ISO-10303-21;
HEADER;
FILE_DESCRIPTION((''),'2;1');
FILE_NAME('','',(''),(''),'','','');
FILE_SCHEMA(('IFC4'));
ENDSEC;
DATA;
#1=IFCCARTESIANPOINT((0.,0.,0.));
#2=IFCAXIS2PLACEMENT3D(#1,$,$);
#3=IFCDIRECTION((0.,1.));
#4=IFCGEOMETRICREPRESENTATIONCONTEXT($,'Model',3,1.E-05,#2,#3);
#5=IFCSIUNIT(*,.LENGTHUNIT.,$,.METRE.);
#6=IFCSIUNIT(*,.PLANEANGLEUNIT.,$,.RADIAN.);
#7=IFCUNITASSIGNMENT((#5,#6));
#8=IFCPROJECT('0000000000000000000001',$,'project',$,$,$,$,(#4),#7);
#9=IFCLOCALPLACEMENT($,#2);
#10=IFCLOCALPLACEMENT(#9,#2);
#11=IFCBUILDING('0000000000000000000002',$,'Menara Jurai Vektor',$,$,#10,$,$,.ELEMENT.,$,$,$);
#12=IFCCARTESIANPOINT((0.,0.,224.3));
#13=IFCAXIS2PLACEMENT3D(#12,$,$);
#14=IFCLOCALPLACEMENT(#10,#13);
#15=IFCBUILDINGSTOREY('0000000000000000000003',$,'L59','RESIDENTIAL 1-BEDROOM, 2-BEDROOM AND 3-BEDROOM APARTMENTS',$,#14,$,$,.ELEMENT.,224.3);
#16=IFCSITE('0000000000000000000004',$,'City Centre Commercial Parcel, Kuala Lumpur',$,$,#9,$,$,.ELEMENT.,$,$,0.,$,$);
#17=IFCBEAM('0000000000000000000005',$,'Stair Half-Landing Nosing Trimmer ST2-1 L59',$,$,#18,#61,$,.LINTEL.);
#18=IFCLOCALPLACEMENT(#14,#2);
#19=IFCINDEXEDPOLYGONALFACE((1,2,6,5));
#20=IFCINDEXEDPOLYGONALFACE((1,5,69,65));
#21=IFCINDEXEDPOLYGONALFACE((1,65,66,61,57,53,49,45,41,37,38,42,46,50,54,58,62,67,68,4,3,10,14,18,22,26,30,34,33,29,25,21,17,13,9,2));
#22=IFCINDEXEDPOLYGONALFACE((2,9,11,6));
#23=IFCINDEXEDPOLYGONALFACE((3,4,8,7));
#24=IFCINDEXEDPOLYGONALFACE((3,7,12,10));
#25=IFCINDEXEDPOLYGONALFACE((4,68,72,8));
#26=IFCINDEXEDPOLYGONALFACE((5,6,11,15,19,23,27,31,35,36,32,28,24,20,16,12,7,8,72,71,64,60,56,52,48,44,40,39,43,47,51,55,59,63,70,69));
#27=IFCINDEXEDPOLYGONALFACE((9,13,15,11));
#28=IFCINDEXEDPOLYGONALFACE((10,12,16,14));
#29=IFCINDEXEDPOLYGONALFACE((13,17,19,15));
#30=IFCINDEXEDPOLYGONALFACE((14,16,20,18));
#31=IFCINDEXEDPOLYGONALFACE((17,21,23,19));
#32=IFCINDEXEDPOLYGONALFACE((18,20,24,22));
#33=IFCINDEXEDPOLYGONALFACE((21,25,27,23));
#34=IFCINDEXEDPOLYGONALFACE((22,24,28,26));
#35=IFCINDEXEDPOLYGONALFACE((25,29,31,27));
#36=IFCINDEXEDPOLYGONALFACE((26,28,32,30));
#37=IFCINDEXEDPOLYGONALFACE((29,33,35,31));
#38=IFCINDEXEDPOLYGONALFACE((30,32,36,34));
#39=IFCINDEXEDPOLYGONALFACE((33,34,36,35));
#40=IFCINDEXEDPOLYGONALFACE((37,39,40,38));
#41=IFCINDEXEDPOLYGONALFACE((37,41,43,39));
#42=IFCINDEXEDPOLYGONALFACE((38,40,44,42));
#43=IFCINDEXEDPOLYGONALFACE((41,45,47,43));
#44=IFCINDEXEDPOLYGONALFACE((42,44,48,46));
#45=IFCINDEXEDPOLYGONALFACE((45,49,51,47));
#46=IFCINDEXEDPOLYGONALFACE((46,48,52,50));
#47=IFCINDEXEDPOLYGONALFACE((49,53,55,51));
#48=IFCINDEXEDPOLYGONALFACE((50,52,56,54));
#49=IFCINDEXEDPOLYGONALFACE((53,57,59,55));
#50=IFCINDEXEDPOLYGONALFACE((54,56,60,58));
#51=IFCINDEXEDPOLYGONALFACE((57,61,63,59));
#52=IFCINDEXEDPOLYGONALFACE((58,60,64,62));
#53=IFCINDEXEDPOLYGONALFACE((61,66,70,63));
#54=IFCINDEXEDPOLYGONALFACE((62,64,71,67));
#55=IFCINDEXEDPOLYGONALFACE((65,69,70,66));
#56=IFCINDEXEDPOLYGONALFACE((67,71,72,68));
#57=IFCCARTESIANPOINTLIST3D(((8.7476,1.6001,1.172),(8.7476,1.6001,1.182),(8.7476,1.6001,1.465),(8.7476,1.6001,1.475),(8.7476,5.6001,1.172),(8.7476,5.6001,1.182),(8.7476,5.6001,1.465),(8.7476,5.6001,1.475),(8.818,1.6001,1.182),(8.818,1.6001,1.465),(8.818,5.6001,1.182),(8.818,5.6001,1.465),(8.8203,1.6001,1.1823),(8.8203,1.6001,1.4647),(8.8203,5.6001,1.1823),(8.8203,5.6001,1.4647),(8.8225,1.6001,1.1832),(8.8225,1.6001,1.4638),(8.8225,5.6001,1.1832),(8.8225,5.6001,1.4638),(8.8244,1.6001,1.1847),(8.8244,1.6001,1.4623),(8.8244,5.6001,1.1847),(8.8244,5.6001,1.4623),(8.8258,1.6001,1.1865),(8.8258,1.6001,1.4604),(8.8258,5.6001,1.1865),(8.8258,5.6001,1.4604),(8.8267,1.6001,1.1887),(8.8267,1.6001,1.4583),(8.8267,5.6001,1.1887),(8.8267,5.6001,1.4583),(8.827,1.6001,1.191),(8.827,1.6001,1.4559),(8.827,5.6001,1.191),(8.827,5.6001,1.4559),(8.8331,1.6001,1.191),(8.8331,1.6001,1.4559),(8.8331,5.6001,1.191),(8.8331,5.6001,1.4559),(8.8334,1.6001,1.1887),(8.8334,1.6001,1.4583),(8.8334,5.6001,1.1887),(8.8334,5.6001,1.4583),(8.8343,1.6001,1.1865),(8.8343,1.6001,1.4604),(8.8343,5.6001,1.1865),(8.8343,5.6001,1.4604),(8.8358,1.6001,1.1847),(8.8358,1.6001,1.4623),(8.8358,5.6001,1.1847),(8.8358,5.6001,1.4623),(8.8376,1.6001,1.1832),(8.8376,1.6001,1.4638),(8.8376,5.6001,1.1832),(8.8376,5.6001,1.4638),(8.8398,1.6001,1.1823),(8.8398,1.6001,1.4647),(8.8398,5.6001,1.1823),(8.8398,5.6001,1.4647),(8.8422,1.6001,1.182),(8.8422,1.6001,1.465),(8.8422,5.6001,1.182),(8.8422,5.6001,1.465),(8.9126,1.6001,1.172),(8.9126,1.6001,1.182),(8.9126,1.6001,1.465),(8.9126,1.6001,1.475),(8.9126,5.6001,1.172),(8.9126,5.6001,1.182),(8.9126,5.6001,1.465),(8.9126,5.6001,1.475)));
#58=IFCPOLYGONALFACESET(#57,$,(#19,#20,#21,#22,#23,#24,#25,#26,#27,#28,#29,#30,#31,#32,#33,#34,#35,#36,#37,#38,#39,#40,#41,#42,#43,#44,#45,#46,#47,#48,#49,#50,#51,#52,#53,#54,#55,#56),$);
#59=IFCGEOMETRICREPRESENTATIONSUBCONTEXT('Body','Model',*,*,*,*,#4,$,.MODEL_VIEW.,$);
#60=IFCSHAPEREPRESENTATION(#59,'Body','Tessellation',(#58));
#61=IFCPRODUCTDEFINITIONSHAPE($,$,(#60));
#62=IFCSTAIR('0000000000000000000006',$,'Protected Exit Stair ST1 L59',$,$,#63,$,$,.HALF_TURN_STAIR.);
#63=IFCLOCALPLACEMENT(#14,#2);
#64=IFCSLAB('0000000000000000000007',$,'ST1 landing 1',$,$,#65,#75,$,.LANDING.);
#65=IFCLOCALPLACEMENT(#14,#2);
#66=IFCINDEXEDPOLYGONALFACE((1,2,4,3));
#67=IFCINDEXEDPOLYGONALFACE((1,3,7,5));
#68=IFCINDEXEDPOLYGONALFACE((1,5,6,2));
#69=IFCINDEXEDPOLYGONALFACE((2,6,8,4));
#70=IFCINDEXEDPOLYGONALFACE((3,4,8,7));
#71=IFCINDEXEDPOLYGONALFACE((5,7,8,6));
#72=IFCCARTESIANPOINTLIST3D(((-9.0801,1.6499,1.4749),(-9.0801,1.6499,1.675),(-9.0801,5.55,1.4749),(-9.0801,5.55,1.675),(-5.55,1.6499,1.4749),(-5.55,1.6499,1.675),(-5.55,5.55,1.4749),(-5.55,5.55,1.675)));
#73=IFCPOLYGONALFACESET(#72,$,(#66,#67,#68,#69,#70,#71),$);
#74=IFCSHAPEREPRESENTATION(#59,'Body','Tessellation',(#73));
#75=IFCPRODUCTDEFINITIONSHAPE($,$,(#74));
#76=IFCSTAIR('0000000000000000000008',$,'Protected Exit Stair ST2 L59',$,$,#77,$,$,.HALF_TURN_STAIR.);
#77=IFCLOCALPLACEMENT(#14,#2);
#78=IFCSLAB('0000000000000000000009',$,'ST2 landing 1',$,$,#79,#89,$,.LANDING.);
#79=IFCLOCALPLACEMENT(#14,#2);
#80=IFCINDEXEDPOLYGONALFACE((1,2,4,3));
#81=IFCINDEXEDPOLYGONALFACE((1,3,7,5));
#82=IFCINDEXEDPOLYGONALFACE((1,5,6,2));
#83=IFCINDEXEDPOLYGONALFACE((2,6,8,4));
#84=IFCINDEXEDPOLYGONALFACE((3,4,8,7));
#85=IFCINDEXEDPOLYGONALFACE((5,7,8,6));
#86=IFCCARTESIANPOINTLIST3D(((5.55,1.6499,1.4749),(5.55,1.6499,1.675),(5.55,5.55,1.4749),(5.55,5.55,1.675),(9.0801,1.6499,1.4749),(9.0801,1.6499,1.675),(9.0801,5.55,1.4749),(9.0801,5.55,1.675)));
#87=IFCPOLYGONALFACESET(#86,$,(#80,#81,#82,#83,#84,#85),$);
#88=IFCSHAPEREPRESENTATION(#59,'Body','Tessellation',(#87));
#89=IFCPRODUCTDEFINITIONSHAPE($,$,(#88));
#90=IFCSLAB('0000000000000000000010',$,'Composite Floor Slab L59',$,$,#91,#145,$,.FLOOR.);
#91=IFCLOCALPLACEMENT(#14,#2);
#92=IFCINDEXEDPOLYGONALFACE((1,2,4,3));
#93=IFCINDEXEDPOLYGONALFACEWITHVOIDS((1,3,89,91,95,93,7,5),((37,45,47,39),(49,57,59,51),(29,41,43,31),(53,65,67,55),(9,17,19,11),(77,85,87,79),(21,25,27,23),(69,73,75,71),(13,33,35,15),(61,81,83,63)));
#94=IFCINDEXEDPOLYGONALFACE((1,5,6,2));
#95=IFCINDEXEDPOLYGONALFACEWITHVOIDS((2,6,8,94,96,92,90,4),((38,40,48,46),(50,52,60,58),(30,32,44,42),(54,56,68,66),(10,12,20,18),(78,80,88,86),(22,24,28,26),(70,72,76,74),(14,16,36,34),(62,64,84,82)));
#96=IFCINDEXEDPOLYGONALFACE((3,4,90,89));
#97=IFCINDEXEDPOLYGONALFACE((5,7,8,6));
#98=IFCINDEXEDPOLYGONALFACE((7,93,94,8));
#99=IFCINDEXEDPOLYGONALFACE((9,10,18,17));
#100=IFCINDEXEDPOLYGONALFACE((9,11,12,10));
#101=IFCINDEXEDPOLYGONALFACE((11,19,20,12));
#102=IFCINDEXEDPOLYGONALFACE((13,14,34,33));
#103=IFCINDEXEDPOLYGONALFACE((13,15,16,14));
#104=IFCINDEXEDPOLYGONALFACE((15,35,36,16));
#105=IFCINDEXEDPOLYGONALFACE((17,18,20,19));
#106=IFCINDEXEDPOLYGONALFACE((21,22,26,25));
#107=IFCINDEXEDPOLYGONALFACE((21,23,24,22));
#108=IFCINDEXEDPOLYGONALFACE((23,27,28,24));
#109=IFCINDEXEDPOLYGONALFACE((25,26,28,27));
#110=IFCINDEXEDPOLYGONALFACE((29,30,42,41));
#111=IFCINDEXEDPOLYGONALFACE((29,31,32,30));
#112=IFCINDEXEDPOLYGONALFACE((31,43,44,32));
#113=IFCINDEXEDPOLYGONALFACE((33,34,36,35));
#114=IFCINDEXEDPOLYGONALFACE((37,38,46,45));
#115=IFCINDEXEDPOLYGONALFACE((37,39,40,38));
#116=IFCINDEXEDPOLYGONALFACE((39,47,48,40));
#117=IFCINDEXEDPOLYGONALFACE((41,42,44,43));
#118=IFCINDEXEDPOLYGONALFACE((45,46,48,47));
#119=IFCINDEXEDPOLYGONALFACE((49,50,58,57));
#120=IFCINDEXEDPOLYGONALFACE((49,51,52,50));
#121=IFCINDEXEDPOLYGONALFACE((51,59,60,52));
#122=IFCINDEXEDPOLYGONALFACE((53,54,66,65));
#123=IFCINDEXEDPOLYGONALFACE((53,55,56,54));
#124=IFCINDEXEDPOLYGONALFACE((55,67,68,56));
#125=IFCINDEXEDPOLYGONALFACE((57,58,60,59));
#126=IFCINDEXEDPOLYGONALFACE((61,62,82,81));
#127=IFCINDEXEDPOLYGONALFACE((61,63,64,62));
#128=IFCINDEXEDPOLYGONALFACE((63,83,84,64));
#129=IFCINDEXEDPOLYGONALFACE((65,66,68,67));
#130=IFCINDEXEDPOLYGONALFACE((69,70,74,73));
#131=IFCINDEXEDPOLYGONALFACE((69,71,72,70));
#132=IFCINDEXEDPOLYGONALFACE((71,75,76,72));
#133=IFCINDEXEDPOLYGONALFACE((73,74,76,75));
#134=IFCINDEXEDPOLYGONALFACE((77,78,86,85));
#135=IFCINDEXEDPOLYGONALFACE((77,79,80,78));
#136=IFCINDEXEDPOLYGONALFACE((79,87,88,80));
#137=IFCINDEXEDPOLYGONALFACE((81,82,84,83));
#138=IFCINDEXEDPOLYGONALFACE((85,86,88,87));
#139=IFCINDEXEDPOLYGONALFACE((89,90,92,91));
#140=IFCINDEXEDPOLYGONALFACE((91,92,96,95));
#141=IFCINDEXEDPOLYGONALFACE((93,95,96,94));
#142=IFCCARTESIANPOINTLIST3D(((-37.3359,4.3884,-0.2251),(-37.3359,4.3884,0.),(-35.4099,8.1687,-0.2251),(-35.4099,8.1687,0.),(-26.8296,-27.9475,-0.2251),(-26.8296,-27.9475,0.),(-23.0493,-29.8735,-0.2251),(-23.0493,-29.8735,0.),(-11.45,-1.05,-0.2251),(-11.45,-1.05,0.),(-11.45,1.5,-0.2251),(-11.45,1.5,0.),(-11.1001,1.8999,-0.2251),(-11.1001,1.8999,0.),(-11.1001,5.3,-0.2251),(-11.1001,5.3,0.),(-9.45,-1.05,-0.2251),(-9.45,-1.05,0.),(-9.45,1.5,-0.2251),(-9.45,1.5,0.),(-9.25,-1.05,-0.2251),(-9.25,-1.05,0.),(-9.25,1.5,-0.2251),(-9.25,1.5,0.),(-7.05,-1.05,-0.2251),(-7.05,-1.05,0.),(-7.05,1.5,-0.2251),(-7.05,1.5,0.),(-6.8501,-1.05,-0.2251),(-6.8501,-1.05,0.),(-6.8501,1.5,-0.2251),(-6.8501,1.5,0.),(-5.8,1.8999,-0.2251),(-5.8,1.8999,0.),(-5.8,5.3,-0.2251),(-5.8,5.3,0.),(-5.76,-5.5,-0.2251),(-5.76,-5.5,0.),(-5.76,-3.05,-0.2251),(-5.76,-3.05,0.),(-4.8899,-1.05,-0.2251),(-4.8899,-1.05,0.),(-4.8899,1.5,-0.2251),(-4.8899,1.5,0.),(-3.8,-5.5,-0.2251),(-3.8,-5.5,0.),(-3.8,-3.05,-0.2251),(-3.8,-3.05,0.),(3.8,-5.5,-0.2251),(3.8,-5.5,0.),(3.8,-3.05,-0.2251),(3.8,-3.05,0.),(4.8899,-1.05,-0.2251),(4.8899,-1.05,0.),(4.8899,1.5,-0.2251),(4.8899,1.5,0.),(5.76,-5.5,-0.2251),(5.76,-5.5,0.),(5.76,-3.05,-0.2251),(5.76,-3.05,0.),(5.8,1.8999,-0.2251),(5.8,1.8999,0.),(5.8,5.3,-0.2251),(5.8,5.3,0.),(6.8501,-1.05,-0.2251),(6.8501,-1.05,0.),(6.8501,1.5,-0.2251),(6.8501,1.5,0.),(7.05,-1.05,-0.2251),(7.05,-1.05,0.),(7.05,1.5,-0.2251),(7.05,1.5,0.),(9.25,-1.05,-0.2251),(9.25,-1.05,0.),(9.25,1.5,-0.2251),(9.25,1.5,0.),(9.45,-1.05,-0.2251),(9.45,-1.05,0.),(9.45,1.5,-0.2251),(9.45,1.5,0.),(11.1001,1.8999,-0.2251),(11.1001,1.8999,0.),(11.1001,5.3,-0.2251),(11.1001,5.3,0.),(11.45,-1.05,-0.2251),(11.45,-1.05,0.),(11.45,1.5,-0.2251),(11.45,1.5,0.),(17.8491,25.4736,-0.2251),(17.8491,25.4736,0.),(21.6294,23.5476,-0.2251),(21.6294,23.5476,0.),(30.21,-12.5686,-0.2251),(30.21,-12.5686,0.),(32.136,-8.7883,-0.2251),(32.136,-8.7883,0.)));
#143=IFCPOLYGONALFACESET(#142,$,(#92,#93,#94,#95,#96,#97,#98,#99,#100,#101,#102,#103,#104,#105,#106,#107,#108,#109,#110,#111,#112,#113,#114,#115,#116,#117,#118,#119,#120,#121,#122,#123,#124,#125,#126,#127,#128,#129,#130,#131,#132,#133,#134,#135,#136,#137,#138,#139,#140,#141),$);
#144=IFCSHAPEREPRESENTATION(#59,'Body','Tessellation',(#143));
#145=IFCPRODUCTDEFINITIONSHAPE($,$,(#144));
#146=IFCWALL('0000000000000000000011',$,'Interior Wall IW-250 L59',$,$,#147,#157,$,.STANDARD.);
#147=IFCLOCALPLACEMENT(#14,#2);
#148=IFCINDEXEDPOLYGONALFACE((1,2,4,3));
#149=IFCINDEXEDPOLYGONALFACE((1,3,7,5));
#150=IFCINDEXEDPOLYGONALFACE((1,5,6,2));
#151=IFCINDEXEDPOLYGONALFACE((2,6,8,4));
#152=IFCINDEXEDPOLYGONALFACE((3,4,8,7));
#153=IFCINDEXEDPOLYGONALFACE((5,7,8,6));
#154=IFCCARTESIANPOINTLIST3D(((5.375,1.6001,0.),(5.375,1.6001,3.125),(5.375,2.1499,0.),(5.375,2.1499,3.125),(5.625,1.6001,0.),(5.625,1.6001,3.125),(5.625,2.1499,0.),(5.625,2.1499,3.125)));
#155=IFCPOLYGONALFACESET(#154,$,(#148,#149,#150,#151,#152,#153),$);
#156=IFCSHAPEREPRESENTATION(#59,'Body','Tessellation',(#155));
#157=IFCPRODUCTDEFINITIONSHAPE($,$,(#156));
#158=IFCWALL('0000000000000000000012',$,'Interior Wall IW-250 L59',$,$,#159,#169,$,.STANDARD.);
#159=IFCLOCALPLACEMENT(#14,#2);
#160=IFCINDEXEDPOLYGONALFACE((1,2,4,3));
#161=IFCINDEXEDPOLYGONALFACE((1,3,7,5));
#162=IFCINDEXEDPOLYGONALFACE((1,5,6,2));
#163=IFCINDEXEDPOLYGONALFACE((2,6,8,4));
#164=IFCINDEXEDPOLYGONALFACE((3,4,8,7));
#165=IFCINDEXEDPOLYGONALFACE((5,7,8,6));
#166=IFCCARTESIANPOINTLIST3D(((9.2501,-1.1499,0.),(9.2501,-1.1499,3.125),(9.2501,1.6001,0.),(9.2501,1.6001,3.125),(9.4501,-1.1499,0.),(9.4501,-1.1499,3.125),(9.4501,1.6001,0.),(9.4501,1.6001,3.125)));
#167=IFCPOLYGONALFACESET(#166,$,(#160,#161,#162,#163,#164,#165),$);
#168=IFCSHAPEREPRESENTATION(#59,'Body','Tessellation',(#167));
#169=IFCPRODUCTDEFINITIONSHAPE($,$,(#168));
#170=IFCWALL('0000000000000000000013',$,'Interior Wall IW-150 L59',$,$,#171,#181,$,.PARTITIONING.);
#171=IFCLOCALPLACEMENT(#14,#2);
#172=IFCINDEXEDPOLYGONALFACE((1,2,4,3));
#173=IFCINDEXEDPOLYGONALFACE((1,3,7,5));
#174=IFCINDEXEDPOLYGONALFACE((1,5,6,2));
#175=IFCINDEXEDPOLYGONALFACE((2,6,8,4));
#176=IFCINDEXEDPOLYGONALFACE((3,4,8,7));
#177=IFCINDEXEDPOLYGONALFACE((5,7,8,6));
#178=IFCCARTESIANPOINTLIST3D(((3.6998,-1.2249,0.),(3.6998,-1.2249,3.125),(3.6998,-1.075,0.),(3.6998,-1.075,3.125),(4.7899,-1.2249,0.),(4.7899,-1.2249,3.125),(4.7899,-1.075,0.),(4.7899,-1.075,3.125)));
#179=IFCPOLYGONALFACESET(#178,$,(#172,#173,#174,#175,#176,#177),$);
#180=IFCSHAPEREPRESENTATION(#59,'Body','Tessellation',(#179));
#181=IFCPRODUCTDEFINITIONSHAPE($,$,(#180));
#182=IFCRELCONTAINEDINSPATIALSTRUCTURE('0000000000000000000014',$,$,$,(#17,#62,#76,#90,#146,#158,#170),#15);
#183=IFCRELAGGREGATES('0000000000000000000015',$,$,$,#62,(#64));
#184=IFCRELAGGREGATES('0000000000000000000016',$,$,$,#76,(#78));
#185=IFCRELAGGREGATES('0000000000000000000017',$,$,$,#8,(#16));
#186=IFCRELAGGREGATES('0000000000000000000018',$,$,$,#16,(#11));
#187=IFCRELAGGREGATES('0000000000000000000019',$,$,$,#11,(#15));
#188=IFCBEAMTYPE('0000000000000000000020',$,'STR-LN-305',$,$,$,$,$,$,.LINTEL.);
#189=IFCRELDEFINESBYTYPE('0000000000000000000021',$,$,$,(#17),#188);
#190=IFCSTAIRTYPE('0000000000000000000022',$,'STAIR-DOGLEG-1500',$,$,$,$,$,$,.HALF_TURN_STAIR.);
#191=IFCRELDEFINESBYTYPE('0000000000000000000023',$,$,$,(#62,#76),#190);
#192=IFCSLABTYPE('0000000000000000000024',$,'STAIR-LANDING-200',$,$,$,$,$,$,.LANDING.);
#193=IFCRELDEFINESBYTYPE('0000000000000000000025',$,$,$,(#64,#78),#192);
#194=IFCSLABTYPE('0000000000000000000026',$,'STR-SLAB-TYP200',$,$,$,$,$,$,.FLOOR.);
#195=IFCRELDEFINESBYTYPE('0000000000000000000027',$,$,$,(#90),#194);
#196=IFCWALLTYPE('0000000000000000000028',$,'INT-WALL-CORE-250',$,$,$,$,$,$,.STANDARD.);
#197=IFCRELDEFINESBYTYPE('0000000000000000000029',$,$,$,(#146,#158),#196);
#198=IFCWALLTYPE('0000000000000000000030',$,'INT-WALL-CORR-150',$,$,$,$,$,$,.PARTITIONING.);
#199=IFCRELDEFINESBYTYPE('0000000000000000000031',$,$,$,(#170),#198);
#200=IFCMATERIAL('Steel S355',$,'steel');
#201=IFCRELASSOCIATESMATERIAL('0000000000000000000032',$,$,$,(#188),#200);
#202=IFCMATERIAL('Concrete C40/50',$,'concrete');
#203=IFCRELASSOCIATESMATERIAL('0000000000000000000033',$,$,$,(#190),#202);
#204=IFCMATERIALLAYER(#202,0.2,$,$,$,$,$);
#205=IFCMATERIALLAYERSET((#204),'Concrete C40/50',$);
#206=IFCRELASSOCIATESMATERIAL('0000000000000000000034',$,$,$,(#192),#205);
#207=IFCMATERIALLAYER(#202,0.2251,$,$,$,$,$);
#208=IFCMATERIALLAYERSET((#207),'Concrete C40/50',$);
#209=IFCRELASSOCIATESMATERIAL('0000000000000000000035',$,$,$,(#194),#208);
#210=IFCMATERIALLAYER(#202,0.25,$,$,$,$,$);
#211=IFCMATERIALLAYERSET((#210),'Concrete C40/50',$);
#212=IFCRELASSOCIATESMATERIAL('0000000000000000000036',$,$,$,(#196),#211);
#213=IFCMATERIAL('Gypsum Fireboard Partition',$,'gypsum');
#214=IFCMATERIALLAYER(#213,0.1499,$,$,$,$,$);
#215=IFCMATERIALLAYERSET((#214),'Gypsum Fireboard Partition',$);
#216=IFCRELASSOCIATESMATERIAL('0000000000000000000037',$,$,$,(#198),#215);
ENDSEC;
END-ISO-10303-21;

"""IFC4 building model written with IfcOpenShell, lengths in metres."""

from ifc_helpers import new_model, si_unit, direction, frame, frame_2d, origin, origin_2d, place, context, subcontext, project, spatial, polyline, rectangle, i_section, outline, extrude, material, layer, layer_set, material_profile, profile_set, type_object, element, aggregate, save


model = new_model("IFC4")

# Units and contexts
model_context = context("Model", 3, precision=1e-05, world=origin(), true_north=direction((0.0, 1.0)))
body_context = subcontext(model_context, "Body", "Model", "MODEL_VIEW")
ifc_project = project(units=[si_unit("LENGTHUNIT", "METRE"), si_unit("PLANEANGLEUNIT", "RADIAN")], contexts=[model_context])

# Site, building, storey
site_placement = place(None, origin())
site = spatial("IfcSite", under=ifc_project, at=site_placement, Name="City Centre Commercial Parcel, Kuala Lumpur", CompositionType="ELEMENT", RefElevation=0.0)
building_placement = place(site_placement, origin())
building = spatial("IfcBuilding", under=site, at=building_placement, Name="Menara Jurai Vektor", CompositionType="ELEMENT")
storey_placement = place(building_placement, frame((0.0, 0.0, 224.3)))
storey = spatial("IfcBuildingStorey", under=building, at=storey_placement, Name="L59", Description="RESIDENTIAL 1-BEDROOM, 2-BEDROOM AND 3-BEDROOM APARTMENTS", CompositionType="ELEMENT", Elevation=224.3)

# Beam
ifc_material_1 = material(Name="Steel S355", Category="steel")
ifc_material_profile = material_profile(ifc_material_1, i_section(OverallWidth=0.165, OverallDepth=0.303, WebThickness=0.0061, FlangeThickness=0.01, FilletRadius=0.009, at=origin_2d()), Name="UKB 305x165x40")
ifc_profile_set = profile_set([ifc_material_profile], Name="Steel S355")
beam_type = type_object("IfcBeamType", Name="STR-LN-305", PredefinedType="LINTEL", material=ifc_profile_set)
beam_placement = place(storey_placement, frame((8.8301, 1.6001, 1.3235), z_axis=(0.0, 1.0, 0.0), x_axis=(-1.0, 0.0, 0.0)))
element("IfcBeam", 1, at=beam_placement, inside=storey, type_object=beam_type, Name="Stair Half-Landing Nosing Trimmer ST2-1 L59", PredefinedType="LINTEL", context=body_context, shape_type="SweptSolid", body=[
    extrude(i_section(OverallWidth=0.165, OverallDepth=0.303, WebThickness=0.0061, FlangeThickness=0.01, FilletRadius=0.009, at=origin_2d()), origin(), (0.0, 0.0, 1.0), 4.0),
])

# Stairs, slabs
ifc_material_2 = material(Name="Concrete C40/50", Category="concrete")
stair_type = type_object("IfcStairType", Name="STAIR-DOGLEG-1500", PredefinedType="HALF_TURN_STAIR", material=ifc_material_2)
stair_1_placement = place(storey_placement, origin())
stair_1 = element("IfcStair", 2, at=stair_1_placement, inside=storey, type_object=stair_type, Name="Protected Exit Stair ST1 L59", PredefinedType="HALF_TURN_STAIR")
ifc_layer_1 = layer(ifc_material_2, 0.2)
ifc_layer_set_1 = layer_set([ifc_layer_1], Name="Concrete C40/50")
slab_type_1 = type_object("IfcSlabType", Name="STAIR-LANDING-200", PredefinedType="LANDING", material=ifc_layer_set_1)
slab_1_placement = place(storey_placement, frame((0.0, 0.0, 1.4749)))
slab_1 = element("IfcSlab", 3, at=slab_1_placement, type_object=slab_type_1, Name="ST1 landing 1", PredefinedType="LANDING", context=body_context, shape_type="SweptSolid", body=[
    extrude(outline(polyline([(-9.0801, 1.6499), (-5.55, 1.6499), (-5.55, 5.55), (-9.0801, 5.55), (-9.0801, 1.6499)])), origin(), (0.0, 0.0, 1.0), 0.2002),
])
aggregate(stair_1, [slab_1])
stair_2_placement = place(storey_placement, origin())
stair_2 = element("IfcStair", 4, at=stair_2_placement, inside=storey, type_object=stair_type, Name="Protected Exit Stair ST2 L59", PredefinedType="HALF_TURN_STAIR")
slab_2_placement = place(storey_placement, frame((0.0, 0.0, 1.4749)))
slab_2 = element("IfcSlab", 5, at=slab_2_placement, type_object=slab_type_1, Name="ST2 landing 1", PredefinedType="LANDING", context=body_context, shape_type="SweptSolid", body=[
    extrude(outline(polyline([(5.55, 1.6499), (9.0801, 1.6499), (9.0801, 5.55), (5.55, 5.55), (5.55, 1.6499)])), origin(), (0.0, 0.0, 1.0), 0.2002),
])
aggregate(stair_2, [slab_2])

# Slab
ifc_layer_2 = layer(ifc_material_2, 0.2251)
ifc_layer_set_2 = layer_set([ifc_layer_2], Name="Concrete C40/50")
slab_type_2 = type_object("IfcSlabType", Name="STR-SLAB-TYP200", PredefinedType="FLOOR", material=ifc_layer_set_2)
slab_3_placement = place(storey_placement, frame((0.0, 0.0, -0.2251)))
element("IfcSlab", 6, at=slab_3_placement, inside=storey, type_object=slab_type_2, Name="Composite Floor Slab L59", PredefinedType="FLOOR", context=body_context, shape_type="SweptSolid", body=[
    extrude(outline(polyline([(-23.0493, -29.8735), (30.21, -12.5686), (32.136, -8.7883), (21.6294, 23.5476), (17.8491, 25.4736), (-35.4099, 8.1687), (-37.3359, 4.3884), (-26.8296, -27.9475), (-23.0493, -29.8735)]), holes=[polyline([(-11.1001, 1.8999), (-11.1001, 5.3), (-5.8, 5.3), (-5.8, 1.8999), (-11.1001, 1.8999)]), polyline([(5.8, 1.8999), (5.8, 5.3), (11.1001, 5.3), (11.1001, 1.8999), (5.8, 1.8999)]), polyline([(-11.45, -1.05), (-11.45, 1.5), (-9.45, 1.5), (-9.45, -1.05), (-11.45, -1.05)]), polyline([(9.45, -1.05), (9.45, 1.5), (11.45, 1.5), (11.45, -1.05), (9.45, -1.05)]), polyline([(-5.76, -5.5), (-5.76, -3.05), (-3.8, -3.05), (-3.8, -5.5), (-5.76, -5.5)]), polyline([(-6.8501, -1.05), (-6.8501, 1.5), (-4.8899, 1.5), (-4.8899, -1.05), (-6.8501, -1.05)]), polyline([(3.8, -5.5), (3.8, -3.05), (5.76, -3.05), (5.76, -5.5), (3.8, -5.5)]), polyline([(4.8899, -1.05), (4.8899, 1.5), (6.8501, 1.5), (6.8501, -1.05), (4.8899, -1.05)]), polyline([(-9.25, -1.05), (-9.25, 1.5), (-7.05, 1.5), (-7.05, -1.05), (-9.25, -1.05)]), polyline([(7.05, -1.05), (7.05, 1.5), (9.25, 1.5), (9.25, -1.05), (7.05, -1.05)])]), origin(), (0.0, 0.0, 1.0), 0.2251),
])

# Walls
ifc_layer_3 = layer(ifc_material_2, 0.25)
ifc_layer_set_3 = layer_set([ifc_layer_3], Name="Concrete C40/50")
wall_type_1 = type_object("IfcWallType", Name="INT-WALL-CORE-250", PredefinedType="STANDARD", material=ifc_layer_set_3)
wall_1_placement = place(storey_placement, frame((5.5, 1.6001, 0.0), z_axis=(0.0, 0.0, 1.0), x_axis=(0.0, 1.0, 0.0)))
element("IfcWall", 7, at=wall_1_placement, inside=storey, type_object=wall_type_1, Name="Interior Wall IW-250 L59", PredefinedType="STANDARD", context=body_context, shape_type="SweptSolid", body=[
    extrude(rectangle(XDim=0.5498, YDim=0.25, at=frame_2d((0.2749, 0.0))), origin(), (0.0, 0.0, 1.0), 3.125),
])
wall_2_placement = place(storey_placement, frame((9.3501, -1.1499, 0.0), z_axis=(0.0, 0.0, 1.0), x_axis=(0.0, 1.0, 0.0)))
element("IfcWall", 8, at=wall_2_placement, inside=storey, type_object=wall_type_1, Name="Interior Wall IW-250 L59", PredefinedType="STANDARD", context=body_context, shape_type="SweptSolid", body=[
    extrude(rectangle(XDim=2.75, YDim=0.2, at=frame_2d((1.375, 0.0))), origin(), (0.0, 0.0, 1.0), 3.125),
])
ifc_material_3 = material(Name="Gypsum Fireboard Partition", Category="gypsum")
ifc_layer_4 = layer(ifc_material_3, 0.1499)
ifc_layer_set_4 = layer_set([ifc_layer_4], Name="Gypsum Fireboard Partition")
wall_type_2 = type_object("IfcWallType", Name="INT-WALL-CORR-150", PredefinedType="PARTITIONING", material=ifc_layer_set_4)
wall_3_placement = place(storey_placement, frame((3.7, -1.1499, 0.0), z_axis=(0.0, 0.0, 1.0), x_axis=(1.0, 0.0, 0.0)))
element("IfcWall", 9, at=wall_3_placement, inside=storey, type_object=wall_type_2, Name="Interior Wall IW-150 L59", PredefinedType="PARTITIONING", context=body_context, shape_type="SweptSolid", body=[
    extrude(rectangle(XDim=1.0901, YDim=0.1499, at=frame_2d((0.5449, 0.0))), origin(), (0.0, 0.0, 1.0), 3.125),
])

save(model, "model.ifc")
